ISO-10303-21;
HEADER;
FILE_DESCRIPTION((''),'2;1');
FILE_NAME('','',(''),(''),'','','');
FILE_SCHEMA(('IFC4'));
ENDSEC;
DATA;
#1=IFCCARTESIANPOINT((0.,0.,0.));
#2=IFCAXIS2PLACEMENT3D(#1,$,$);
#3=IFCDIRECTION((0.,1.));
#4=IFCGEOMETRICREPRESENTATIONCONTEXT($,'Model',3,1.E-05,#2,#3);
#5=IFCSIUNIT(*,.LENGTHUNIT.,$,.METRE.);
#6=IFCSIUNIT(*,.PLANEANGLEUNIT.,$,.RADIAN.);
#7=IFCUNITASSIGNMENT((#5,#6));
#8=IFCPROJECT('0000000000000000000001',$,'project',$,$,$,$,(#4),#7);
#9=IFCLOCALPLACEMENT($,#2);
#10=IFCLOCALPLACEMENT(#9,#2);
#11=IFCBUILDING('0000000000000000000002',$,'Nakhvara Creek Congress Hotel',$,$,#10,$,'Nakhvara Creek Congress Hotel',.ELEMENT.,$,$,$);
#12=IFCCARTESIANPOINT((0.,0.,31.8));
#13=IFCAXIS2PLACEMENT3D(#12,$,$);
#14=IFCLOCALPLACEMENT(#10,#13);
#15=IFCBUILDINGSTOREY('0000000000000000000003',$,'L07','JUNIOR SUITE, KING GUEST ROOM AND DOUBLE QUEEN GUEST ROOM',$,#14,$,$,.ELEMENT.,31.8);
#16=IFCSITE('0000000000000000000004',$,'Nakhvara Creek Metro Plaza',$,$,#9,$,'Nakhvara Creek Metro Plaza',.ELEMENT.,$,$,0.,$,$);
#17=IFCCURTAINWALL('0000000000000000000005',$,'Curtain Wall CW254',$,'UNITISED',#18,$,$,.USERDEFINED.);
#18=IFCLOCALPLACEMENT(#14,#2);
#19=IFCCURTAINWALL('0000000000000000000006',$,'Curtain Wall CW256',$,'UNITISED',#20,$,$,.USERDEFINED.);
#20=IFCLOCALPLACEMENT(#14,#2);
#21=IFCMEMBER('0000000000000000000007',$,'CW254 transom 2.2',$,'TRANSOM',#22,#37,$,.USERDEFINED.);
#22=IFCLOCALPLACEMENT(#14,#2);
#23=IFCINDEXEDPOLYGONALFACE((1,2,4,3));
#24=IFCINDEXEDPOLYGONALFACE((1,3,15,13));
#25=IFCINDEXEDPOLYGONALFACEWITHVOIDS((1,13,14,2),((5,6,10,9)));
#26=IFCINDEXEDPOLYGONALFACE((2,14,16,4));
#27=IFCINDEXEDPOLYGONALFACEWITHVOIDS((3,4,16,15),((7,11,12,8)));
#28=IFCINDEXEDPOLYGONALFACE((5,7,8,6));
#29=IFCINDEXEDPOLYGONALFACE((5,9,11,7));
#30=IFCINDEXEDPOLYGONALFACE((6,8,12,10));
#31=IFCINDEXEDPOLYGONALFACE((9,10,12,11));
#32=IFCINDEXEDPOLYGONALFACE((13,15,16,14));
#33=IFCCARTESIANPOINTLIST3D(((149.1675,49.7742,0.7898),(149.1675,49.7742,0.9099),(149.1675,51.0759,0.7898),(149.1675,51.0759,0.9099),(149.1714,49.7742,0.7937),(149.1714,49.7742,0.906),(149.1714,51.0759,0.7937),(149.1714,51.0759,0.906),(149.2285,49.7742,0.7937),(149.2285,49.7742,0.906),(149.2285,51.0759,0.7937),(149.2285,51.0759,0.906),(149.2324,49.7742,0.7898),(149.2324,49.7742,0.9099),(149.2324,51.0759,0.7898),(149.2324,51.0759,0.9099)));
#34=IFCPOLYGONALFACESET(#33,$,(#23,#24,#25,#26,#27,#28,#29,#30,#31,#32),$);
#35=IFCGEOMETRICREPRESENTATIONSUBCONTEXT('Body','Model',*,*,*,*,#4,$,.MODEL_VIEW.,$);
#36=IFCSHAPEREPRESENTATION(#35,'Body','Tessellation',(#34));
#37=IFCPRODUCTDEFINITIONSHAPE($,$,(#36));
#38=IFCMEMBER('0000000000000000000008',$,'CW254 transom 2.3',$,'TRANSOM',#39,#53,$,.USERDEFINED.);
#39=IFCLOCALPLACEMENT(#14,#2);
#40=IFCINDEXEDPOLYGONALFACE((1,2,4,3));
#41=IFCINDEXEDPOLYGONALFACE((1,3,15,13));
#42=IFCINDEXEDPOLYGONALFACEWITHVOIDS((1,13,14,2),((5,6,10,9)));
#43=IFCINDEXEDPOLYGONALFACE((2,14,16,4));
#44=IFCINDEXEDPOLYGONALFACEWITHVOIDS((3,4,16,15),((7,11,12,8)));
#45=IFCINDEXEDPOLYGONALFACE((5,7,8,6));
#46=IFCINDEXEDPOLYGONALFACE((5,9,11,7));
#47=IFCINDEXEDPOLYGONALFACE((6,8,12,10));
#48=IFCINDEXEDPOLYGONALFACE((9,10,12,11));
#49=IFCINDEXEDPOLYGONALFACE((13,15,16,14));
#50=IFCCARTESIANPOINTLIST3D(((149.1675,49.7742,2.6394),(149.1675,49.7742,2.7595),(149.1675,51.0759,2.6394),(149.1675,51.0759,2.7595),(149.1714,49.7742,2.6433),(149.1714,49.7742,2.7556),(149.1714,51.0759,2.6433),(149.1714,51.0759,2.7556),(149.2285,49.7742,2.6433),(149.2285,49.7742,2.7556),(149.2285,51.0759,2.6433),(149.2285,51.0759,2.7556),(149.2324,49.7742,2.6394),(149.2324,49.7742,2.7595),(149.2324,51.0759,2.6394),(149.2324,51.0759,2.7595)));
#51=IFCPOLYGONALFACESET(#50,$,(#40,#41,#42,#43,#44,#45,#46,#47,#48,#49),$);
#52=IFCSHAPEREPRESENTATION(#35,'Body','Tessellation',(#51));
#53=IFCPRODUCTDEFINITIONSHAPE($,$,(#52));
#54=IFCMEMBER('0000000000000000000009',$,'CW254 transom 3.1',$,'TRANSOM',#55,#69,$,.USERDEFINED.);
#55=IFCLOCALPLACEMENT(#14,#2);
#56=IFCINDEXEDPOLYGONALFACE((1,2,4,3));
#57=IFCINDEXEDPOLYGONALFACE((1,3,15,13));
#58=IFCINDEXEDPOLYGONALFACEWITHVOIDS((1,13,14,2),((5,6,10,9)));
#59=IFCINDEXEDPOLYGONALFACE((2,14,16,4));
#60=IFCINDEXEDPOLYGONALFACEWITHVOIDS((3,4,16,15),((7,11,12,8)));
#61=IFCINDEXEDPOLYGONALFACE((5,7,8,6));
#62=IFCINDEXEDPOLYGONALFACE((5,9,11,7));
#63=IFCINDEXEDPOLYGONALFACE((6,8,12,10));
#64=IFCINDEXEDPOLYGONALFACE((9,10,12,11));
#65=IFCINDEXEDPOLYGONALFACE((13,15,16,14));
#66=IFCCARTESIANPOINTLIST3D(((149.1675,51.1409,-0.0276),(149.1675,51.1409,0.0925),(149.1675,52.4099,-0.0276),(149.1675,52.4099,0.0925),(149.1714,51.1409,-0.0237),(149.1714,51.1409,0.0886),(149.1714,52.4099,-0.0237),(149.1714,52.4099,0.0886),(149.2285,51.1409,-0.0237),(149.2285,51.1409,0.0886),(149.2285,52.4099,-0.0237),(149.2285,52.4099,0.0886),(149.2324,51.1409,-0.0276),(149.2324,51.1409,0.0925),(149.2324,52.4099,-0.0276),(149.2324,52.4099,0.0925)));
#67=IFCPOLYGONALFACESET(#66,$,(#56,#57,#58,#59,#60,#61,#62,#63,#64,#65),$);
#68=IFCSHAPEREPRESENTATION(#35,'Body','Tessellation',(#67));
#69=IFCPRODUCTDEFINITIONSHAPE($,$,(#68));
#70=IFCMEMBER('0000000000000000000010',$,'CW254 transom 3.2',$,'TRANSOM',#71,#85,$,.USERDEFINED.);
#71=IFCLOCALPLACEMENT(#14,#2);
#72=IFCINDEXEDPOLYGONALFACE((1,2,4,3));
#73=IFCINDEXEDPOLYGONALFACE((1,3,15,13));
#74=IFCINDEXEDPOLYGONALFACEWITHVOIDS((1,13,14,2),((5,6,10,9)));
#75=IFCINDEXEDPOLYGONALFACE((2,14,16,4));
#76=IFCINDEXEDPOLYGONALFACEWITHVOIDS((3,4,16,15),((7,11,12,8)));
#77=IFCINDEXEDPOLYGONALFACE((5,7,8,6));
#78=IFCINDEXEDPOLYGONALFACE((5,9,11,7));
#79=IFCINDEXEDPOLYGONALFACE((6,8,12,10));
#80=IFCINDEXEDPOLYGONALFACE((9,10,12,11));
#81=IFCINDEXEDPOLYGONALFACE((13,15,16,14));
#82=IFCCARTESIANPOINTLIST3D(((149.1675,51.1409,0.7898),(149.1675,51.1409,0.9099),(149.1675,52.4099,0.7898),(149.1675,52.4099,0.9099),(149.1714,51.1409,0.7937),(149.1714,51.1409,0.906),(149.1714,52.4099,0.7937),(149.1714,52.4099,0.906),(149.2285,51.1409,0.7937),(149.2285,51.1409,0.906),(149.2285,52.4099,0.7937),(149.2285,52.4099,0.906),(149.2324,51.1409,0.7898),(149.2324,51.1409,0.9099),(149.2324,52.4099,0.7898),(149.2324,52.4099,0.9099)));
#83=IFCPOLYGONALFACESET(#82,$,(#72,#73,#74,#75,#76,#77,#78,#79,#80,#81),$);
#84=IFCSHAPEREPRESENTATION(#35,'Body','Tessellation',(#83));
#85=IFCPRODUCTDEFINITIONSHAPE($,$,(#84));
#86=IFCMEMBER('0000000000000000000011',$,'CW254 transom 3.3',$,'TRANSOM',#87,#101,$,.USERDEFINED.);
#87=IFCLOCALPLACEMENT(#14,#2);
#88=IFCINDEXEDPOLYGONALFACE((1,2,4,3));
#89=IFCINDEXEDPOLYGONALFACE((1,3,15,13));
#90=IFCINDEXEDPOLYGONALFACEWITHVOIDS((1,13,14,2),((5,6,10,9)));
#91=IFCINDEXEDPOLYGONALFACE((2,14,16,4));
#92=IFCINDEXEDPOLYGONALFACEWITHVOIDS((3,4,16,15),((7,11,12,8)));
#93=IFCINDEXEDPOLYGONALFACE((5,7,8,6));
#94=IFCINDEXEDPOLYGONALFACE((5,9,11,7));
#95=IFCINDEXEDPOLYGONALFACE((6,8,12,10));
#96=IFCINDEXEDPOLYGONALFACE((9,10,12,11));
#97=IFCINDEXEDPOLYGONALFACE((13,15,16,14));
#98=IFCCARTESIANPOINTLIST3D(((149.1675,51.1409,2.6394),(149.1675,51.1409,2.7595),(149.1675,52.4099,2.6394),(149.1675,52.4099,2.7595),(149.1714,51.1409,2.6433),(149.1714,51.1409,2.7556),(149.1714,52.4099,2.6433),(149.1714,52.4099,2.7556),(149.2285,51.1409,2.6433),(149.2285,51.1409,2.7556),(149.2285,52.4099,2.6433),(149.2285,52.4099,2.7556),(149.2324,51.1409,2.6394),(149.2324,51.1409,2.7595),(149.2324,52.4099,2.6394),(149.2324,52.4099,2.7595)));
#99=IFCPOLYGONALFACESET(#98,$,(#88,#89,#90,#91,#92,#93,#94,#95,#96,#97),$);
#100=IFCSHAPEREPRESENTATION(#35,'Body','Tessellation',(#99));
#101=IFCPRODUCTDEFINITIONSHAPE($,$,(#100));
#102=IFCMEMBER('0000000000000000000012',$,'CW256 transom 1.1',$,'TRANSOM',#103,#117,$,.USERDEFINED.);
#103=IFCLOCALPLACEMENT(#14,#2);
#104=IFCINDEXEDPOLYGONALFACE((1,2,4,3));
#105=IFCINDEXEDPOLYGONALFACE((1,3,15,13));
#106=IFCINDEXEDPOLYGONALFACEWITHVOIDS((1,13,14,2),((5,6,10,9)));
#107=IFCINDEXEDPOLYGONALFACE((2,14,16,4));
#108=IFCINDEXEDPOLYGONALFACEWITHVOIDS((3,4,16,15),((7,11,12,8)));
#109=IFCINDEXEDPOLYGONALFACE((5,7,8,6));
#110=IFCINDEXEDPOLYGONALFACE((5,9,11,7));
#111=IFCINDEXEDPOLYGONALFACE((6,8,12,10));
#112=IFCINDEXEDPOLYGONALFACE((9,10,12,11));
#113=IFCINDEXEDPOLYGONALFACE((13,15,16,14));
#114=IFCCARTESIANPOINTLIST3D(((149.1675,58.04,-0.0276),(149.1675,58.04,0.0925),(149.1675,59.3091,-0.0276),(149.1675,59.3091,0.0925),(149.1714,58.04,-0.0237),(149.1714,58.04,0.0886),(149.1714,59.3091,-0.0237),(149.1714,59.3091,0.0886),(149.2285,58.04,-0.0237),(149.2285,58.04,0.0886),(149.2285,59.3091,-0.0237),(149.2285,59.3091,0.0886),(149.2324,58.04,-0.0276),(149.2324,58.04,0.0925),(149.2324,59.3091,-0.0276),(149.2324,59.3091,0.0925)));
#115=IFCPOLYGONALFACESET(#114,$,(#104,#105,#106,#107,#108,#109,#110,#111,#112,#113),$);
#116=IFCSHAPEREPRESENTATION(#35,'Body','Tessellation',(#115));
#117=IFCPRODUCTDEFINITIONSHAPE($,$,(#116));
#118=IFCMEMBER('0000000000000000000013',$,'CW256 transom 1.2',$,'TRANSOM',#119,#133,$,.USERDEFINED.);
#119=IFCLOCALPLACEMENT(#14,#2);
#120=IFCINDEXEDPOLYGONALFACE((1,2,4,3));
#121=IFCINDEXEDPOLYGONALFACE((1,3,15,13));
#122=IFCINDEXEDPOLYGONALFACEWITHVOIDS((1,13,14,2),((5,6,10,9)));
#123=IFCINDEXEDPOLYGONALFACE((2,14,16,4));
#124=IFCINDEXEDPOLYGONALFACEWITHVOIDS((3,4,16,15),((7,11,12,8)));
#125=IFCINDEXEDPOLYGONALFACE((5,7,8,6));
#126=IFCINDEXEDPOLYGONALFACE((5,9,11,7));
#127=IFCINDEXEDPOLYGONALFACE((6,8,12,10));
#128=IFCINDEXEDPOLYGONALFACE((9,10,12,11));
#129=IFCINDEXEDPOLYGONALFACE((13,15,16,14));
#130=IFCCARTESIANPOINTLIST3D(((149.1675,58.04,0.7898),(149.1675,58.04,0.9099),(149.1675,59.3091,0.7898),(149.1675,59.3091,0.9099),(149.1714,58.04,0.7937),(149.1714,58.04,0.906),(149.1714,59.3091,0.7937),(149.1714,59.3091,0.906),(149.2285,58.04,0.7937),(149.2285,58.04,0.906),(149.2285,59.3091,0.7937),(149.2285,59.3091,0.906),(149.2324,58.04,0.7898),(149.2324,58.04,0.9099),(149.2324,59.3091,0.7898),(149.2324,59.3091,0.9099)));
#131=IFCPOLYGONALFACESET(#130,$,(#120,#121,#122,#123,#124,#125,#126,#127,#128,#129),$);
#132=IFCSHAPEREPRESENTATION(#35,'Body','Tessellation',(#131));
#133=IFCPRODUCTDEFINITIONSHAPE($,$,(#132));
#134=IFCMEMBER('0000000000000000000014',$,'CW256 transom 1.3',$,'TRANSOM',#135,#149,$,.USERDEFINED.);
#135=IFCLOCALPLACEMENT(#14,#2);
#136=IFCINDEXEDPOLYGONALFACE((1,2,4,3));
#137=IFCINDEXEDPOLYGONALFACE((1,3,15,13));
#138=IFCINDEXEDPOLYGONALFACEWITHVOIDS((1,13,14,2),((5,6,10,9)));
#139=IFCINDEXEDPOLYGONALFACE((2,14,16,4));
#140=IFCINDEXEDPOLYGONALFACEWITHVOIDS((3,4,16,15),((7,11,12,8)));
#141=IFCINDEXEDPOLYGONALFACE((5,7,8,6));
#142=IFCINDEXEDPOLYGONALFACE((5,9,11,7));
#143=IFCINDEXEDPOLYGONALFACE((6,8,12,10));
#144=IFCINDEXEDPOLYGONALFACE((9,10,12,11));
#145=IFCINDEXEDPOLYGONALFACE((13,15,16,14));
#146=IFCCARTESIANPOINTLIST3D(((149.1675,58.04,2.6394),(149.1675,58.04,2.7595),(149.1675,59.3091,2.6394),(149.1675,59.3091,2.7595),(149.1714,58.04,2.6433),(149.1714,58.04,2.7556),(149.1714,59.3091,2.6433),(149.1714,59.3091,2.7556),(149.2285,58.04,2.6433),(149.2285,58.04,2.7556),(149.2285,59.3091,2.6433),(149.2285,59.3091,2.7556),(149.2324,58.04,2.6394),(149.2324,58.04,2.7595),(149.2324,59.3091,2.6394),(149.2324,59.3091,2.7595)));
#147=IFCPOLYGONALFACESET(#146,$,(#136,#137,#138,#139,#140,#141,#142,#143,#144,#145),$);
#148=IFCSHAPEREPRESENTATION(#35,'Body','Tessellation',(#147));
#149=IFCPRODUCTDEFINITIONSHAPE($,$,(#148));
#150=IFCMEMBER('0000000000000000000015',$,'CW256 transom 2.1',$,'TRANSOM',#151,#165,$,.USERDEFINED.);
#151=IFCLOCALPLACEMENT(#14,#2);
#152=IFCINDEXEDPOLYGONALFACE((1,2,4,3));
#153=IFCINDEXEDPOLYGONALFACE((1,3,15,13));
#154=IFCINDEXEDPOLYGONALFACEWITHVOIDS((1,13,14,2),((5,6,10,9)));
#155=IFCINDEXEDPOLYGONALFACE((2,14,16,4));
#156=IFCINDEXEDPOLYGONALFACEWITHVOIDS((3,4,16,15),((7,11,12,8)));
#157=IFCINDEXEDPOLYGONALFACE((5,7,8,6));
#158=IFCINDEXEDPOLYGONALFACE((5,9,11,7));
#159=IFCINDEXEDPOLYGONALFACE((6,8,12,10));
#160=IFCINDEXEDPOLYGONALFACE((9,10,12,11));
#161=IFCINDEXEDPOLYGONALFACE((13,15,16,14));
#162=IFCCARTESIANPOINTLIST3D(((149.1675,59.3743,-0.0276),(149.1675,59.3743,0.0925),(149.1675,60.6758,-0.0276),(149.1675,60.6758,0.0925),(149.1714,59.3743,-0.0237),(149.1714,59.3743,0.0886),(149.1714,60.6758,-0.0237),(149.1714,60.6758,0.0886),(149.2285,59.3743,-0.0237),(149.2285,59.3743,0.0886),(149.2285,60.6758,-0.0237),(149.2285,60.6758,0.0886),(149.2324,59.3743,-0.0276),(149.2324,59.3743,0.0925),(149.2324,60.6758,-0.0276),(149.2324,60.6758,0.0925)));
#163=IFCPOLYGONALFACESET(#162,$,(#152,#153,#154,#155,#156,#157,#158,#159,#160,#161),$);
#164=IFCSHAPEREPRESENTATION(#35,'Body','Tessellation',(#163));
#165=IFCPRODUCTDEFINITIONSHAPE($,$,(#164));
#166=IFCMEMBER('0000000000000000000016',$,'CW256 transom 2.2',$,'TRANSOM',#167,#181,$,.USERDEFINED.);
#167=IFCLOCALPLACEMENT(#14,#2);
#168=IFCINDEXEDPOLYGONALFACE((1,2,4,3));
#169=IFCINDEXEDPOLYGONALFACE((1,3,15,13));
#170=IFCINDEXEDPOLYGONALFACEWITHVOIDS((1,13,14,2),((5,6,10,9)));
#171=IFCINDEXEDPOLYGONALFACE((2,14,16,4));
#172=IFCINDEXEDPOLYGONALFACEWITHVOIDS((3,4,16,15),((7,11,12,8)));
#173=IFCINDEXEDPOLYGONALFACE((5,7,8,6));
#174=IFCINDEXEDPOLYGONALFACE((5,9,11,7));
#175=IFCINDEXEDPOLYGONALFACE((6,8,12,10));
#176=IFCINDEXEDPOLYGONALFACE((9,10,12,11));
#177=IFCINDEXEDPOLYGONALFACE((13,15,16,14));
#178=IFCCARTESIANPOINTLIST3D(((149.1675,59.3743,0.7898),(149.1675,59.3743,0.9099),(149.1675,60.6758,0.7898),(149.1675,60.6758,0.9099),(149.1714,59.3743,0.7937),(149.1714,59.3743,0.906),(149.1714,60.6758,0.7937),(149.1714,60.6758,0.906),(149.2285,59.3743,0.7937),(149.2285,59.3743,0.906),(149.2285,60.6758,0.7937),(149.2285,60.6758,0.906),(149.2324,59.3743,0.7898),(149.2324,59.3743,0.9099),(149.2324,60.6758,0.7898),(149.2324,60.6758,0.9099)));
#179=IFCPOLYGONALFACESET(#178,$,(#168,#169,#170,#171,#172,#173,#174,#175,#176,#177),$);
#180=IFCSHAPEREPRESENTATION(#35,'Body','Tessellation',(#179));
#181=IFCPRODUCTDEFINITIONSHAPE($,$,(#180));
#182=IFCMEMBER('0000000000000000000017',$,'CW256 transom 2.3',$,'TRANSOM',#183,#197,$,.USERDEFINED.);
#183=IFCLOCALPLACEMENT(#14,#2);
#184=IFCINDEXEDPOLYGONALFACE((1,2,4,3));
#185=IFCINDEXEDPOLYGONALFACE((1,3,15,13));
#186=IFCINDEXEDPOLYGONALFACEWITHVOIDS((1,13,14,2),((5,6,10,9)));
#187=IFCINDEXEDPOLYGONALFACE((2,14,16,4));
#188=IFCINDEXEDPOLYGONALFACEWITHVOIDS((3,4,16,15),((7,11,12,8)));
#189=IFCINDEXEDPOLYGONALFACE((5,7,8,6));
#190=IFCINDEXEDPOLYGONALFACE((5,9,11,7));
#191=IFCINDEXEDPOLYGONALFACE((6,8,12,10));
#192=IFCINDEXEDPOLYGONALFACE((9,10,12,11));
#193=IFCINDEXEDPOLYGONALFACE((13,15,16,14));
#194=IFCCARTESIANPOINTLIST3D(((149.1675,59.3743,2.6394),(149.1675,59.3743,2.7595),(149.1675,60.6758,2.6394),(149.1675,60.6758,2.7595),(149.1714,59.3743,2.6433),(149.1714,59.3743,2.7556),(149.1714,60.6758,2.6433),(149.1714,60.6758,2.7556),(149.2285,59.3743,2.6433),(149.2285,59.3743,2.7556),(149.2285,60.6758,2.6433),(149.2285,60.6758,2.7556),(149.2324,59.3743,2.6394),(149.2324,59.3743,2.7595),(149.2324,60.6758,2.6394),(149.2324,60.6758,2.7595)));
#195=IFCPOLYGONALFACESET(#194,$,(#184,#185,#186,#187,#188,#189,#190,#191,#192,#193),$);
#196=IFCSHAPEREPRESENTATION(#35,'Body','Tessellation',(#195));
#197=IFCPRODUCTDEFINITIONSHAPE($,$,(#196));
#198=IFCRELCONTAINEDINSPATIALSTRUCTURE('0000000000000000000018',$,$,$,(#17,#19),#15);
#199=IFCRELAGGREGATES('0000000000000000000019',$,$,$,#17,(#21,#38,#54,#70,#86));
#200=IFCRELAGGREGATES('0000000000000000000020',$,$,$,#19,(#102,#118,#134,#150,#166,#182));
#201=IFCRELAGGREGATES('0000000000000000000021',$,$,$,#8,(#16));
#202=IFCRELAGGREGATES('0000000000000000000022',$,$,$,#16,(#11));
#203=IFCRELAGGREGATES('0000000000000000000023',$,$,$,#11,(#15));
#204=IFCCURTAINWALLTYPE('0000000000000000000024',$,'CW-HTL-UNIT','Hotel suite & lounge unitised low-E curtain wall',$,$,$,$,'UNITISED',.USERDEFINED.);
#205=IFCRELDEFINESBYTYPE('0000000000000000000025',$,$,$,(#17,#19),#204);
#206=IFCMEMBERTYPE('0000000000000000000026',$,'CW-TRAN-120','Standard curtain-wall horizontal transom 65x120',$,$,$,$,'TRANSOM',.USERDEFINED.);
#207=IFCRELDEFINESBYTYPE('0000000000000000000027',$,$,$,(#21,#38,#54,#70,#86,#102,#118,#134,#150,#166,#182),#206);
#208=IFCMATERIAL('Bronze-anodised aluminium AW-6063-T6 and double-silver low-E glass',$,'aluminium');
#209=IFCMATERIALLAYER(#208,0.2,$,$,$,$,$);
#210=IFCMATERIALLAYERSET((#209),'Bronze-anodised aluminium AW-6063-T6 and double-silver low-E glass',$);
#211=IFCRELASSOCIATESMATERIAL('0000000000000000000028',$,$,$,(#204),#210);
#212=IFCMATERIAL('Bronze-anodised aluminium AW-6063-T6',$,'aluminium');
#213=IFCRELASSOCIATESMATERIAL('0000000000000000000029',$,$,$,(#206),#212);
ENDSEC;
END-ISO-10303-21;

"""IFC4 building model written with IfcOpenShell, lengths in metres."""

from ifc_helpers import new_model, si_unit, direction, frame, origin, origin_2d, place, context, subcontext, project, spatial, hollow_rectangle, extrude, material, layer, layer_set, material_profile, profile_set, type_object, element, aggregate, save


model = new_model("IFC4")

# Units and contexts
model_context = context("Model", 3, precision=1e-05, world=origin(), true_north=direction((0.0, 1.0)))
body_context = subcontext(model_context, "Body", "Model", "MODEL_VIEW")
ifc_project = project(units=[si_unit("LENGTHUNIT", "METRE"), si_unit("PLANEANGLEUNIT", "RADIAN")], contexts=[model_context])

# Site, building, storey
site_placement = place(None, origin())
site = spatial("IfcSite", under=ifc_project, at=site_placement, Name="Nakhvara Creek Metro Plaza", LongName="Nakhvara Creek Metro Plaza", CompositionType="ELEMENT", RefElevation=0.0)
building_placement = place(site_placement, origin())
building = spatial("IfcBuilding", under=site, at=building_placement, Name="Nakhvara Creek Congress Hotel", LongName="Nakhvara Creek Congress Hotel", CompositionType="ELEMENT")
storey_placement = place(building_placement, frame((0.0, 0.0, 31.8)))
storey = spatial("IfcBuildingStorey", under=building, at=storey_placement, Name="L07", Description="JUNIOR SUITE, KING GUEST ROOM AND DOUBLE QUEEN GUEST ROOM", CompositionType="ELEMENT", Elevation=31.8)

# Curtain walls
ifc_material_1 = material(Name="Bronze-anodised aluminium AW-6063-T6 and double-silver low-E glass", Category="aluminium")
ifc_layer = layer(ifc_material_1, 0.2)
ifc_layer_set = layer_set([ifc_layer], Name="Bronze-anodised aluminium AW-6063-T6 and double-silver low-E glass")
curtain_wall_type = type_object("IfcCurtainWallType", Name="CW-HTL-UNIT", Description="Hotel suite & lounge unitised low-E curtain wall", ElementType="UNITISED", PredefinedType="USERDEFINED", material=ifc_layer_set)
curtain_wall_1_placement = place(storey_placement, origin())
curtain_wall_1 = element("IfcCurtainWall", 1, at=curtain_wall_1_placement, inside=storey, type_object=curtain_wall_type, Name="Curtain Wall CW254", ObjectType="UNITISED", PredefinedType="USERDEFINED")
ifc_material_2 = material(Name="Bronze-anodised aluminium AW-6063-T6", Category="aluminium")
curtain_wall_2_placement = place(storey_placement, origin())
curtain_wall_2 = element("IfcCurtainWall", 2, at=curtain_wall_2_placement, inside=storey, type_object=curtain_wall_type, Name="Curtain Wall CW256", ObjectType="UNITISED", PredefinedType="USERDEFINED")

# Members
ifc_material_profile_1 = material_profile(ifc_material_2, hollow_rectangle(XDim=0.0649, YDim=0.1201, WallThickness=0.0039, at=origin_2d()), Name="ALU-TRAN 65x120x4", Category="LoadBearing")
ifc_profile_set_1 = profile_set([ifc_material_profile_1], Name="Bronze-anodised aluminium AW-6063-T6")
member_type_1 = type_object("IfcMemberType", Name="CW-TRAN-120", Description="Standard curtain-wall horizontal transom 65x120", ElementType="TRANSOM", PredefinedType="USERDEFINED", material=ifc_profile_set_1)
member_1_placement = place(storey_placement, frame((149.2, 49.7742, 0.8499), z_axis=(0.0, 1.0, 0.0), x_axis=(-1.0, 0.0, 0.0)))
member_1 = element("IfcMember", 3, at=member_1_placement, type_object=member_type_1, Name="CW254 transom 2.2", ObjectType="TRANSOM", PredefinedType="USERDEFINED", context=body_context, shape_type="SweptSolid", body=[
    extrude(hollow_rectangle(XDim=0.0649, YDim=0.1201, WallThickness=0.0039, at=origin_2d()), origin(), (0.0, 0.0, 1.0), 1.3018),
])
member_2_placement = place(storey_placement, frame((149.2, 49.7742, 2.6995), z_axis=(0.0, 1.0, 0.0), x_axis=(-1.0, 0.0, 0.0)))
member_2 = element("IfcMember", 4, at=member_2_placement, type_object=member_type_1, Name="CW254 transom 2.3", ObjectType="TRANSOM", PredefinedType="USERDEFINED", context=body_context, shape_type="SweptSolid", body=[
    extrude(hollow_rectangle(XDim=0.0649, YDim=0.1201, WallThickness=0.0039, at=origin_2d()), origin(), (0.0, 0.0, 1.0), 1.3018),
])
member_3_placement = place(storey_placement, frame((149.2, 51.1409, 0.0325), z_axis=(0.0, 1.0, 0.0), x_axis=(-1.0, 0.0, 0.0)))
member_3 = element("IfcMember", 5, at=member_3_placement, type_object=member_type_1, Name="CW254 transom 3.1", ObjectType="TRANSOM", PredefinedType="USERDEFINED", context=body_context, shape_type="SweptSolid", body=[
    extrude(hollow_rectangle(XDim=0.0649, YDim=0.1201, WallThickness=0.0039, at=origin_2d()), origin(), (0.0, 0.0, 1.0), 1.269),
])
member_4_placement = place(storey_placement, frame((149.2, 51.1409, 0.8499), z_axis=(0.0, 1.0, 0.0), x_axis=(-1.0, 0.0, 0.0)))
member_4 = element("IfcMember", 6, at=member_4_placement, type_object=member_type_1, Name="CW254 transom 3.2", ObjectType="TRANSOM", PredefinedType="USERDEFINED", context=body_context, shape_type="SweptSolid", body=[
    extrude(hollow_rectangle(XDim=0.0649, YDim=0.1201, WallThickness=0.0039, at=origin_2d()), origin(), (0.0, 0.0, 1.0), 1.269),
])
member_5_placement = place(storey_placement, frame((149.2, 51.1409, 2.6995), z_axis=(0.0, 1.0, 0.0), x_axis=(-1.0, 0.0, 0.0)))
member_5 = element("IfcMember", 7, at=member_5_placement, type_object=member_type_1, Name="CW254 transom 3.3", ObjectType="TRANSOM", PredefinedType="USERDEFINED", context=body_context, shape_type="SweptSolid", body=[
    extrude(hollow_rectangle(XDim=0.0649, YDim=0.1201, WallThickness=0.0039, at=origin_2d()), origin(), (0.0, 0.0, 1.0), 1.269),
])
member_6_placement = place(storey_placement, frame((149.2, 58.04, 0.0325), z_axis=(0.0, 1.0, 0.0), x_axis=(-1.0, 0.0, 0.0)))
member_6 = element("IfcMember", 8, at=member_6_placement, type_object=member_type_1, Name="CW256 transom 1.1", ObjectType="TRANSOM", PredefinedType="USERDEFINED", context=body_context, shape_type="SweptSolid", body=[
    extrude(hollow_rectangle(XDim=0.0649, YDim=0.1201, WallThickness=0.0039, at=origin_2d()), origin(), (0.0, 0.0, 1.0), 1.269),
])
member_7_placement = place(storey_placement, frame((149.2, 58.04, 0.8499), z_axis=(0.0, 1.0, 0.0), x_axis=(-1.0, 0.0, 0.0)))
member_7 = element("IfcMember", 9, at=member_7_placement, type_object=member_type_1, Name="CW256 transom 1.2", ObjectType="TRANSOM", PredefinedType="USERDEFINED", context=body_context, shape_type="SweptSolid", body=[
    extrude(hollow_rectangle(XDim=0.0649, YDim=0.1201, WallThickness=0.0039, at=origin_2d()), origin(), (0.0, 0.0, 1.0), 1.269),
])
member_8_placement = place(storey_placement, frame((149.2, 58.04, 2.6995), z_axis=(0.0, 1.0, 0.0), x_axis=(-1.0, 0.0, 0.0)))
member_8 = element("IfcMember", 10, at=member_8_placement, type_object=member_type_1, Name="CW256 transom 1.3", ObjectType="TRANSOM", PredefinedType="USERDEFINED", context=body_context, shape_type="SweptSolid", body=[
    extrude(hollow_rectangle(XDim=0.0649, YDim=0.1201, WallThickness=0.0039, at=origin_2d()), origin(), (0.0, 0.0, 1.0), 1.269),
])
member_9_placement = place(storey_placement, frame((149.2, 59.3743, 0.0325), z_axis=(0.0, 1.0, 0.0), x_axis=(-1.0, 0.0, 0.0)))
member_9 = element("IfcMember", 11, at=member_9_placement, type_object=member_type_1, Name="CW256 transom 2.1", ObjectType="TRANSOM", PredefinedType="USERDEFINED", context=body_context, shape_type="SweptSolid", body=[
    extrude(hollow_rectangle(XDim=0.0649, YDim=0.1201, WallThickness=0.0039, at=origin_2d()), origin(), (0.0, 0.0, 1.0), 1.3015),
])
member_10_placement = place(storey_placement, frame((149.2, 59.3743, 0.8499), z_axis=(0.0, 1.0, 0.0), x_axis=(-1.0, 0.0, 0.0)))
member_10 = element("IfcMember", 12, at=member_10_placement, type_object=member_type_1, Name="CW256 transom 2.2", ObjectType="TRANSOM", PredefinedType="USERDEFINED", context=body_context, shape_type="SweptSolid", body=[
    extrude(hollow_rectangle(XDim=0.0649, YDim=0.1201, WallThickness=0.0039, at=origin_2d()), origin(), (0.0, 0.0, 1.0), 1.3015),
])
member_11_placement = place(storey_placement, frame((149.2, 59.3743, 2.6995), z_axis=(0.0, 1.0, 0.0), x_axis=(-1.0, 0.0, 0.0)))
member_11 = element("IfcMember", 13, at=member_11_placement, type_object=member_type_1, Name="CW256 transom 2.3", ObjectType="TRANSOM", PredefinedType="USERDEFINED", context=body_context, shape_type="SweptSolid", body=[
    extrude(hollow_rectangle(XDim=0.0649, YDim=0.1201, WallThickness=0.0039, at=origin_2d()), origin(), (0.0, 0.0, 1.0), 1.3015),
])

aggregate(curtain_wall_1, [member_1, member_2, member_3, member_4, member_5])
aggregate(curtain_wall_2, [member_6, member_7, member_8, member_9, member_10, member_11])

save(model, "model.ifc")
